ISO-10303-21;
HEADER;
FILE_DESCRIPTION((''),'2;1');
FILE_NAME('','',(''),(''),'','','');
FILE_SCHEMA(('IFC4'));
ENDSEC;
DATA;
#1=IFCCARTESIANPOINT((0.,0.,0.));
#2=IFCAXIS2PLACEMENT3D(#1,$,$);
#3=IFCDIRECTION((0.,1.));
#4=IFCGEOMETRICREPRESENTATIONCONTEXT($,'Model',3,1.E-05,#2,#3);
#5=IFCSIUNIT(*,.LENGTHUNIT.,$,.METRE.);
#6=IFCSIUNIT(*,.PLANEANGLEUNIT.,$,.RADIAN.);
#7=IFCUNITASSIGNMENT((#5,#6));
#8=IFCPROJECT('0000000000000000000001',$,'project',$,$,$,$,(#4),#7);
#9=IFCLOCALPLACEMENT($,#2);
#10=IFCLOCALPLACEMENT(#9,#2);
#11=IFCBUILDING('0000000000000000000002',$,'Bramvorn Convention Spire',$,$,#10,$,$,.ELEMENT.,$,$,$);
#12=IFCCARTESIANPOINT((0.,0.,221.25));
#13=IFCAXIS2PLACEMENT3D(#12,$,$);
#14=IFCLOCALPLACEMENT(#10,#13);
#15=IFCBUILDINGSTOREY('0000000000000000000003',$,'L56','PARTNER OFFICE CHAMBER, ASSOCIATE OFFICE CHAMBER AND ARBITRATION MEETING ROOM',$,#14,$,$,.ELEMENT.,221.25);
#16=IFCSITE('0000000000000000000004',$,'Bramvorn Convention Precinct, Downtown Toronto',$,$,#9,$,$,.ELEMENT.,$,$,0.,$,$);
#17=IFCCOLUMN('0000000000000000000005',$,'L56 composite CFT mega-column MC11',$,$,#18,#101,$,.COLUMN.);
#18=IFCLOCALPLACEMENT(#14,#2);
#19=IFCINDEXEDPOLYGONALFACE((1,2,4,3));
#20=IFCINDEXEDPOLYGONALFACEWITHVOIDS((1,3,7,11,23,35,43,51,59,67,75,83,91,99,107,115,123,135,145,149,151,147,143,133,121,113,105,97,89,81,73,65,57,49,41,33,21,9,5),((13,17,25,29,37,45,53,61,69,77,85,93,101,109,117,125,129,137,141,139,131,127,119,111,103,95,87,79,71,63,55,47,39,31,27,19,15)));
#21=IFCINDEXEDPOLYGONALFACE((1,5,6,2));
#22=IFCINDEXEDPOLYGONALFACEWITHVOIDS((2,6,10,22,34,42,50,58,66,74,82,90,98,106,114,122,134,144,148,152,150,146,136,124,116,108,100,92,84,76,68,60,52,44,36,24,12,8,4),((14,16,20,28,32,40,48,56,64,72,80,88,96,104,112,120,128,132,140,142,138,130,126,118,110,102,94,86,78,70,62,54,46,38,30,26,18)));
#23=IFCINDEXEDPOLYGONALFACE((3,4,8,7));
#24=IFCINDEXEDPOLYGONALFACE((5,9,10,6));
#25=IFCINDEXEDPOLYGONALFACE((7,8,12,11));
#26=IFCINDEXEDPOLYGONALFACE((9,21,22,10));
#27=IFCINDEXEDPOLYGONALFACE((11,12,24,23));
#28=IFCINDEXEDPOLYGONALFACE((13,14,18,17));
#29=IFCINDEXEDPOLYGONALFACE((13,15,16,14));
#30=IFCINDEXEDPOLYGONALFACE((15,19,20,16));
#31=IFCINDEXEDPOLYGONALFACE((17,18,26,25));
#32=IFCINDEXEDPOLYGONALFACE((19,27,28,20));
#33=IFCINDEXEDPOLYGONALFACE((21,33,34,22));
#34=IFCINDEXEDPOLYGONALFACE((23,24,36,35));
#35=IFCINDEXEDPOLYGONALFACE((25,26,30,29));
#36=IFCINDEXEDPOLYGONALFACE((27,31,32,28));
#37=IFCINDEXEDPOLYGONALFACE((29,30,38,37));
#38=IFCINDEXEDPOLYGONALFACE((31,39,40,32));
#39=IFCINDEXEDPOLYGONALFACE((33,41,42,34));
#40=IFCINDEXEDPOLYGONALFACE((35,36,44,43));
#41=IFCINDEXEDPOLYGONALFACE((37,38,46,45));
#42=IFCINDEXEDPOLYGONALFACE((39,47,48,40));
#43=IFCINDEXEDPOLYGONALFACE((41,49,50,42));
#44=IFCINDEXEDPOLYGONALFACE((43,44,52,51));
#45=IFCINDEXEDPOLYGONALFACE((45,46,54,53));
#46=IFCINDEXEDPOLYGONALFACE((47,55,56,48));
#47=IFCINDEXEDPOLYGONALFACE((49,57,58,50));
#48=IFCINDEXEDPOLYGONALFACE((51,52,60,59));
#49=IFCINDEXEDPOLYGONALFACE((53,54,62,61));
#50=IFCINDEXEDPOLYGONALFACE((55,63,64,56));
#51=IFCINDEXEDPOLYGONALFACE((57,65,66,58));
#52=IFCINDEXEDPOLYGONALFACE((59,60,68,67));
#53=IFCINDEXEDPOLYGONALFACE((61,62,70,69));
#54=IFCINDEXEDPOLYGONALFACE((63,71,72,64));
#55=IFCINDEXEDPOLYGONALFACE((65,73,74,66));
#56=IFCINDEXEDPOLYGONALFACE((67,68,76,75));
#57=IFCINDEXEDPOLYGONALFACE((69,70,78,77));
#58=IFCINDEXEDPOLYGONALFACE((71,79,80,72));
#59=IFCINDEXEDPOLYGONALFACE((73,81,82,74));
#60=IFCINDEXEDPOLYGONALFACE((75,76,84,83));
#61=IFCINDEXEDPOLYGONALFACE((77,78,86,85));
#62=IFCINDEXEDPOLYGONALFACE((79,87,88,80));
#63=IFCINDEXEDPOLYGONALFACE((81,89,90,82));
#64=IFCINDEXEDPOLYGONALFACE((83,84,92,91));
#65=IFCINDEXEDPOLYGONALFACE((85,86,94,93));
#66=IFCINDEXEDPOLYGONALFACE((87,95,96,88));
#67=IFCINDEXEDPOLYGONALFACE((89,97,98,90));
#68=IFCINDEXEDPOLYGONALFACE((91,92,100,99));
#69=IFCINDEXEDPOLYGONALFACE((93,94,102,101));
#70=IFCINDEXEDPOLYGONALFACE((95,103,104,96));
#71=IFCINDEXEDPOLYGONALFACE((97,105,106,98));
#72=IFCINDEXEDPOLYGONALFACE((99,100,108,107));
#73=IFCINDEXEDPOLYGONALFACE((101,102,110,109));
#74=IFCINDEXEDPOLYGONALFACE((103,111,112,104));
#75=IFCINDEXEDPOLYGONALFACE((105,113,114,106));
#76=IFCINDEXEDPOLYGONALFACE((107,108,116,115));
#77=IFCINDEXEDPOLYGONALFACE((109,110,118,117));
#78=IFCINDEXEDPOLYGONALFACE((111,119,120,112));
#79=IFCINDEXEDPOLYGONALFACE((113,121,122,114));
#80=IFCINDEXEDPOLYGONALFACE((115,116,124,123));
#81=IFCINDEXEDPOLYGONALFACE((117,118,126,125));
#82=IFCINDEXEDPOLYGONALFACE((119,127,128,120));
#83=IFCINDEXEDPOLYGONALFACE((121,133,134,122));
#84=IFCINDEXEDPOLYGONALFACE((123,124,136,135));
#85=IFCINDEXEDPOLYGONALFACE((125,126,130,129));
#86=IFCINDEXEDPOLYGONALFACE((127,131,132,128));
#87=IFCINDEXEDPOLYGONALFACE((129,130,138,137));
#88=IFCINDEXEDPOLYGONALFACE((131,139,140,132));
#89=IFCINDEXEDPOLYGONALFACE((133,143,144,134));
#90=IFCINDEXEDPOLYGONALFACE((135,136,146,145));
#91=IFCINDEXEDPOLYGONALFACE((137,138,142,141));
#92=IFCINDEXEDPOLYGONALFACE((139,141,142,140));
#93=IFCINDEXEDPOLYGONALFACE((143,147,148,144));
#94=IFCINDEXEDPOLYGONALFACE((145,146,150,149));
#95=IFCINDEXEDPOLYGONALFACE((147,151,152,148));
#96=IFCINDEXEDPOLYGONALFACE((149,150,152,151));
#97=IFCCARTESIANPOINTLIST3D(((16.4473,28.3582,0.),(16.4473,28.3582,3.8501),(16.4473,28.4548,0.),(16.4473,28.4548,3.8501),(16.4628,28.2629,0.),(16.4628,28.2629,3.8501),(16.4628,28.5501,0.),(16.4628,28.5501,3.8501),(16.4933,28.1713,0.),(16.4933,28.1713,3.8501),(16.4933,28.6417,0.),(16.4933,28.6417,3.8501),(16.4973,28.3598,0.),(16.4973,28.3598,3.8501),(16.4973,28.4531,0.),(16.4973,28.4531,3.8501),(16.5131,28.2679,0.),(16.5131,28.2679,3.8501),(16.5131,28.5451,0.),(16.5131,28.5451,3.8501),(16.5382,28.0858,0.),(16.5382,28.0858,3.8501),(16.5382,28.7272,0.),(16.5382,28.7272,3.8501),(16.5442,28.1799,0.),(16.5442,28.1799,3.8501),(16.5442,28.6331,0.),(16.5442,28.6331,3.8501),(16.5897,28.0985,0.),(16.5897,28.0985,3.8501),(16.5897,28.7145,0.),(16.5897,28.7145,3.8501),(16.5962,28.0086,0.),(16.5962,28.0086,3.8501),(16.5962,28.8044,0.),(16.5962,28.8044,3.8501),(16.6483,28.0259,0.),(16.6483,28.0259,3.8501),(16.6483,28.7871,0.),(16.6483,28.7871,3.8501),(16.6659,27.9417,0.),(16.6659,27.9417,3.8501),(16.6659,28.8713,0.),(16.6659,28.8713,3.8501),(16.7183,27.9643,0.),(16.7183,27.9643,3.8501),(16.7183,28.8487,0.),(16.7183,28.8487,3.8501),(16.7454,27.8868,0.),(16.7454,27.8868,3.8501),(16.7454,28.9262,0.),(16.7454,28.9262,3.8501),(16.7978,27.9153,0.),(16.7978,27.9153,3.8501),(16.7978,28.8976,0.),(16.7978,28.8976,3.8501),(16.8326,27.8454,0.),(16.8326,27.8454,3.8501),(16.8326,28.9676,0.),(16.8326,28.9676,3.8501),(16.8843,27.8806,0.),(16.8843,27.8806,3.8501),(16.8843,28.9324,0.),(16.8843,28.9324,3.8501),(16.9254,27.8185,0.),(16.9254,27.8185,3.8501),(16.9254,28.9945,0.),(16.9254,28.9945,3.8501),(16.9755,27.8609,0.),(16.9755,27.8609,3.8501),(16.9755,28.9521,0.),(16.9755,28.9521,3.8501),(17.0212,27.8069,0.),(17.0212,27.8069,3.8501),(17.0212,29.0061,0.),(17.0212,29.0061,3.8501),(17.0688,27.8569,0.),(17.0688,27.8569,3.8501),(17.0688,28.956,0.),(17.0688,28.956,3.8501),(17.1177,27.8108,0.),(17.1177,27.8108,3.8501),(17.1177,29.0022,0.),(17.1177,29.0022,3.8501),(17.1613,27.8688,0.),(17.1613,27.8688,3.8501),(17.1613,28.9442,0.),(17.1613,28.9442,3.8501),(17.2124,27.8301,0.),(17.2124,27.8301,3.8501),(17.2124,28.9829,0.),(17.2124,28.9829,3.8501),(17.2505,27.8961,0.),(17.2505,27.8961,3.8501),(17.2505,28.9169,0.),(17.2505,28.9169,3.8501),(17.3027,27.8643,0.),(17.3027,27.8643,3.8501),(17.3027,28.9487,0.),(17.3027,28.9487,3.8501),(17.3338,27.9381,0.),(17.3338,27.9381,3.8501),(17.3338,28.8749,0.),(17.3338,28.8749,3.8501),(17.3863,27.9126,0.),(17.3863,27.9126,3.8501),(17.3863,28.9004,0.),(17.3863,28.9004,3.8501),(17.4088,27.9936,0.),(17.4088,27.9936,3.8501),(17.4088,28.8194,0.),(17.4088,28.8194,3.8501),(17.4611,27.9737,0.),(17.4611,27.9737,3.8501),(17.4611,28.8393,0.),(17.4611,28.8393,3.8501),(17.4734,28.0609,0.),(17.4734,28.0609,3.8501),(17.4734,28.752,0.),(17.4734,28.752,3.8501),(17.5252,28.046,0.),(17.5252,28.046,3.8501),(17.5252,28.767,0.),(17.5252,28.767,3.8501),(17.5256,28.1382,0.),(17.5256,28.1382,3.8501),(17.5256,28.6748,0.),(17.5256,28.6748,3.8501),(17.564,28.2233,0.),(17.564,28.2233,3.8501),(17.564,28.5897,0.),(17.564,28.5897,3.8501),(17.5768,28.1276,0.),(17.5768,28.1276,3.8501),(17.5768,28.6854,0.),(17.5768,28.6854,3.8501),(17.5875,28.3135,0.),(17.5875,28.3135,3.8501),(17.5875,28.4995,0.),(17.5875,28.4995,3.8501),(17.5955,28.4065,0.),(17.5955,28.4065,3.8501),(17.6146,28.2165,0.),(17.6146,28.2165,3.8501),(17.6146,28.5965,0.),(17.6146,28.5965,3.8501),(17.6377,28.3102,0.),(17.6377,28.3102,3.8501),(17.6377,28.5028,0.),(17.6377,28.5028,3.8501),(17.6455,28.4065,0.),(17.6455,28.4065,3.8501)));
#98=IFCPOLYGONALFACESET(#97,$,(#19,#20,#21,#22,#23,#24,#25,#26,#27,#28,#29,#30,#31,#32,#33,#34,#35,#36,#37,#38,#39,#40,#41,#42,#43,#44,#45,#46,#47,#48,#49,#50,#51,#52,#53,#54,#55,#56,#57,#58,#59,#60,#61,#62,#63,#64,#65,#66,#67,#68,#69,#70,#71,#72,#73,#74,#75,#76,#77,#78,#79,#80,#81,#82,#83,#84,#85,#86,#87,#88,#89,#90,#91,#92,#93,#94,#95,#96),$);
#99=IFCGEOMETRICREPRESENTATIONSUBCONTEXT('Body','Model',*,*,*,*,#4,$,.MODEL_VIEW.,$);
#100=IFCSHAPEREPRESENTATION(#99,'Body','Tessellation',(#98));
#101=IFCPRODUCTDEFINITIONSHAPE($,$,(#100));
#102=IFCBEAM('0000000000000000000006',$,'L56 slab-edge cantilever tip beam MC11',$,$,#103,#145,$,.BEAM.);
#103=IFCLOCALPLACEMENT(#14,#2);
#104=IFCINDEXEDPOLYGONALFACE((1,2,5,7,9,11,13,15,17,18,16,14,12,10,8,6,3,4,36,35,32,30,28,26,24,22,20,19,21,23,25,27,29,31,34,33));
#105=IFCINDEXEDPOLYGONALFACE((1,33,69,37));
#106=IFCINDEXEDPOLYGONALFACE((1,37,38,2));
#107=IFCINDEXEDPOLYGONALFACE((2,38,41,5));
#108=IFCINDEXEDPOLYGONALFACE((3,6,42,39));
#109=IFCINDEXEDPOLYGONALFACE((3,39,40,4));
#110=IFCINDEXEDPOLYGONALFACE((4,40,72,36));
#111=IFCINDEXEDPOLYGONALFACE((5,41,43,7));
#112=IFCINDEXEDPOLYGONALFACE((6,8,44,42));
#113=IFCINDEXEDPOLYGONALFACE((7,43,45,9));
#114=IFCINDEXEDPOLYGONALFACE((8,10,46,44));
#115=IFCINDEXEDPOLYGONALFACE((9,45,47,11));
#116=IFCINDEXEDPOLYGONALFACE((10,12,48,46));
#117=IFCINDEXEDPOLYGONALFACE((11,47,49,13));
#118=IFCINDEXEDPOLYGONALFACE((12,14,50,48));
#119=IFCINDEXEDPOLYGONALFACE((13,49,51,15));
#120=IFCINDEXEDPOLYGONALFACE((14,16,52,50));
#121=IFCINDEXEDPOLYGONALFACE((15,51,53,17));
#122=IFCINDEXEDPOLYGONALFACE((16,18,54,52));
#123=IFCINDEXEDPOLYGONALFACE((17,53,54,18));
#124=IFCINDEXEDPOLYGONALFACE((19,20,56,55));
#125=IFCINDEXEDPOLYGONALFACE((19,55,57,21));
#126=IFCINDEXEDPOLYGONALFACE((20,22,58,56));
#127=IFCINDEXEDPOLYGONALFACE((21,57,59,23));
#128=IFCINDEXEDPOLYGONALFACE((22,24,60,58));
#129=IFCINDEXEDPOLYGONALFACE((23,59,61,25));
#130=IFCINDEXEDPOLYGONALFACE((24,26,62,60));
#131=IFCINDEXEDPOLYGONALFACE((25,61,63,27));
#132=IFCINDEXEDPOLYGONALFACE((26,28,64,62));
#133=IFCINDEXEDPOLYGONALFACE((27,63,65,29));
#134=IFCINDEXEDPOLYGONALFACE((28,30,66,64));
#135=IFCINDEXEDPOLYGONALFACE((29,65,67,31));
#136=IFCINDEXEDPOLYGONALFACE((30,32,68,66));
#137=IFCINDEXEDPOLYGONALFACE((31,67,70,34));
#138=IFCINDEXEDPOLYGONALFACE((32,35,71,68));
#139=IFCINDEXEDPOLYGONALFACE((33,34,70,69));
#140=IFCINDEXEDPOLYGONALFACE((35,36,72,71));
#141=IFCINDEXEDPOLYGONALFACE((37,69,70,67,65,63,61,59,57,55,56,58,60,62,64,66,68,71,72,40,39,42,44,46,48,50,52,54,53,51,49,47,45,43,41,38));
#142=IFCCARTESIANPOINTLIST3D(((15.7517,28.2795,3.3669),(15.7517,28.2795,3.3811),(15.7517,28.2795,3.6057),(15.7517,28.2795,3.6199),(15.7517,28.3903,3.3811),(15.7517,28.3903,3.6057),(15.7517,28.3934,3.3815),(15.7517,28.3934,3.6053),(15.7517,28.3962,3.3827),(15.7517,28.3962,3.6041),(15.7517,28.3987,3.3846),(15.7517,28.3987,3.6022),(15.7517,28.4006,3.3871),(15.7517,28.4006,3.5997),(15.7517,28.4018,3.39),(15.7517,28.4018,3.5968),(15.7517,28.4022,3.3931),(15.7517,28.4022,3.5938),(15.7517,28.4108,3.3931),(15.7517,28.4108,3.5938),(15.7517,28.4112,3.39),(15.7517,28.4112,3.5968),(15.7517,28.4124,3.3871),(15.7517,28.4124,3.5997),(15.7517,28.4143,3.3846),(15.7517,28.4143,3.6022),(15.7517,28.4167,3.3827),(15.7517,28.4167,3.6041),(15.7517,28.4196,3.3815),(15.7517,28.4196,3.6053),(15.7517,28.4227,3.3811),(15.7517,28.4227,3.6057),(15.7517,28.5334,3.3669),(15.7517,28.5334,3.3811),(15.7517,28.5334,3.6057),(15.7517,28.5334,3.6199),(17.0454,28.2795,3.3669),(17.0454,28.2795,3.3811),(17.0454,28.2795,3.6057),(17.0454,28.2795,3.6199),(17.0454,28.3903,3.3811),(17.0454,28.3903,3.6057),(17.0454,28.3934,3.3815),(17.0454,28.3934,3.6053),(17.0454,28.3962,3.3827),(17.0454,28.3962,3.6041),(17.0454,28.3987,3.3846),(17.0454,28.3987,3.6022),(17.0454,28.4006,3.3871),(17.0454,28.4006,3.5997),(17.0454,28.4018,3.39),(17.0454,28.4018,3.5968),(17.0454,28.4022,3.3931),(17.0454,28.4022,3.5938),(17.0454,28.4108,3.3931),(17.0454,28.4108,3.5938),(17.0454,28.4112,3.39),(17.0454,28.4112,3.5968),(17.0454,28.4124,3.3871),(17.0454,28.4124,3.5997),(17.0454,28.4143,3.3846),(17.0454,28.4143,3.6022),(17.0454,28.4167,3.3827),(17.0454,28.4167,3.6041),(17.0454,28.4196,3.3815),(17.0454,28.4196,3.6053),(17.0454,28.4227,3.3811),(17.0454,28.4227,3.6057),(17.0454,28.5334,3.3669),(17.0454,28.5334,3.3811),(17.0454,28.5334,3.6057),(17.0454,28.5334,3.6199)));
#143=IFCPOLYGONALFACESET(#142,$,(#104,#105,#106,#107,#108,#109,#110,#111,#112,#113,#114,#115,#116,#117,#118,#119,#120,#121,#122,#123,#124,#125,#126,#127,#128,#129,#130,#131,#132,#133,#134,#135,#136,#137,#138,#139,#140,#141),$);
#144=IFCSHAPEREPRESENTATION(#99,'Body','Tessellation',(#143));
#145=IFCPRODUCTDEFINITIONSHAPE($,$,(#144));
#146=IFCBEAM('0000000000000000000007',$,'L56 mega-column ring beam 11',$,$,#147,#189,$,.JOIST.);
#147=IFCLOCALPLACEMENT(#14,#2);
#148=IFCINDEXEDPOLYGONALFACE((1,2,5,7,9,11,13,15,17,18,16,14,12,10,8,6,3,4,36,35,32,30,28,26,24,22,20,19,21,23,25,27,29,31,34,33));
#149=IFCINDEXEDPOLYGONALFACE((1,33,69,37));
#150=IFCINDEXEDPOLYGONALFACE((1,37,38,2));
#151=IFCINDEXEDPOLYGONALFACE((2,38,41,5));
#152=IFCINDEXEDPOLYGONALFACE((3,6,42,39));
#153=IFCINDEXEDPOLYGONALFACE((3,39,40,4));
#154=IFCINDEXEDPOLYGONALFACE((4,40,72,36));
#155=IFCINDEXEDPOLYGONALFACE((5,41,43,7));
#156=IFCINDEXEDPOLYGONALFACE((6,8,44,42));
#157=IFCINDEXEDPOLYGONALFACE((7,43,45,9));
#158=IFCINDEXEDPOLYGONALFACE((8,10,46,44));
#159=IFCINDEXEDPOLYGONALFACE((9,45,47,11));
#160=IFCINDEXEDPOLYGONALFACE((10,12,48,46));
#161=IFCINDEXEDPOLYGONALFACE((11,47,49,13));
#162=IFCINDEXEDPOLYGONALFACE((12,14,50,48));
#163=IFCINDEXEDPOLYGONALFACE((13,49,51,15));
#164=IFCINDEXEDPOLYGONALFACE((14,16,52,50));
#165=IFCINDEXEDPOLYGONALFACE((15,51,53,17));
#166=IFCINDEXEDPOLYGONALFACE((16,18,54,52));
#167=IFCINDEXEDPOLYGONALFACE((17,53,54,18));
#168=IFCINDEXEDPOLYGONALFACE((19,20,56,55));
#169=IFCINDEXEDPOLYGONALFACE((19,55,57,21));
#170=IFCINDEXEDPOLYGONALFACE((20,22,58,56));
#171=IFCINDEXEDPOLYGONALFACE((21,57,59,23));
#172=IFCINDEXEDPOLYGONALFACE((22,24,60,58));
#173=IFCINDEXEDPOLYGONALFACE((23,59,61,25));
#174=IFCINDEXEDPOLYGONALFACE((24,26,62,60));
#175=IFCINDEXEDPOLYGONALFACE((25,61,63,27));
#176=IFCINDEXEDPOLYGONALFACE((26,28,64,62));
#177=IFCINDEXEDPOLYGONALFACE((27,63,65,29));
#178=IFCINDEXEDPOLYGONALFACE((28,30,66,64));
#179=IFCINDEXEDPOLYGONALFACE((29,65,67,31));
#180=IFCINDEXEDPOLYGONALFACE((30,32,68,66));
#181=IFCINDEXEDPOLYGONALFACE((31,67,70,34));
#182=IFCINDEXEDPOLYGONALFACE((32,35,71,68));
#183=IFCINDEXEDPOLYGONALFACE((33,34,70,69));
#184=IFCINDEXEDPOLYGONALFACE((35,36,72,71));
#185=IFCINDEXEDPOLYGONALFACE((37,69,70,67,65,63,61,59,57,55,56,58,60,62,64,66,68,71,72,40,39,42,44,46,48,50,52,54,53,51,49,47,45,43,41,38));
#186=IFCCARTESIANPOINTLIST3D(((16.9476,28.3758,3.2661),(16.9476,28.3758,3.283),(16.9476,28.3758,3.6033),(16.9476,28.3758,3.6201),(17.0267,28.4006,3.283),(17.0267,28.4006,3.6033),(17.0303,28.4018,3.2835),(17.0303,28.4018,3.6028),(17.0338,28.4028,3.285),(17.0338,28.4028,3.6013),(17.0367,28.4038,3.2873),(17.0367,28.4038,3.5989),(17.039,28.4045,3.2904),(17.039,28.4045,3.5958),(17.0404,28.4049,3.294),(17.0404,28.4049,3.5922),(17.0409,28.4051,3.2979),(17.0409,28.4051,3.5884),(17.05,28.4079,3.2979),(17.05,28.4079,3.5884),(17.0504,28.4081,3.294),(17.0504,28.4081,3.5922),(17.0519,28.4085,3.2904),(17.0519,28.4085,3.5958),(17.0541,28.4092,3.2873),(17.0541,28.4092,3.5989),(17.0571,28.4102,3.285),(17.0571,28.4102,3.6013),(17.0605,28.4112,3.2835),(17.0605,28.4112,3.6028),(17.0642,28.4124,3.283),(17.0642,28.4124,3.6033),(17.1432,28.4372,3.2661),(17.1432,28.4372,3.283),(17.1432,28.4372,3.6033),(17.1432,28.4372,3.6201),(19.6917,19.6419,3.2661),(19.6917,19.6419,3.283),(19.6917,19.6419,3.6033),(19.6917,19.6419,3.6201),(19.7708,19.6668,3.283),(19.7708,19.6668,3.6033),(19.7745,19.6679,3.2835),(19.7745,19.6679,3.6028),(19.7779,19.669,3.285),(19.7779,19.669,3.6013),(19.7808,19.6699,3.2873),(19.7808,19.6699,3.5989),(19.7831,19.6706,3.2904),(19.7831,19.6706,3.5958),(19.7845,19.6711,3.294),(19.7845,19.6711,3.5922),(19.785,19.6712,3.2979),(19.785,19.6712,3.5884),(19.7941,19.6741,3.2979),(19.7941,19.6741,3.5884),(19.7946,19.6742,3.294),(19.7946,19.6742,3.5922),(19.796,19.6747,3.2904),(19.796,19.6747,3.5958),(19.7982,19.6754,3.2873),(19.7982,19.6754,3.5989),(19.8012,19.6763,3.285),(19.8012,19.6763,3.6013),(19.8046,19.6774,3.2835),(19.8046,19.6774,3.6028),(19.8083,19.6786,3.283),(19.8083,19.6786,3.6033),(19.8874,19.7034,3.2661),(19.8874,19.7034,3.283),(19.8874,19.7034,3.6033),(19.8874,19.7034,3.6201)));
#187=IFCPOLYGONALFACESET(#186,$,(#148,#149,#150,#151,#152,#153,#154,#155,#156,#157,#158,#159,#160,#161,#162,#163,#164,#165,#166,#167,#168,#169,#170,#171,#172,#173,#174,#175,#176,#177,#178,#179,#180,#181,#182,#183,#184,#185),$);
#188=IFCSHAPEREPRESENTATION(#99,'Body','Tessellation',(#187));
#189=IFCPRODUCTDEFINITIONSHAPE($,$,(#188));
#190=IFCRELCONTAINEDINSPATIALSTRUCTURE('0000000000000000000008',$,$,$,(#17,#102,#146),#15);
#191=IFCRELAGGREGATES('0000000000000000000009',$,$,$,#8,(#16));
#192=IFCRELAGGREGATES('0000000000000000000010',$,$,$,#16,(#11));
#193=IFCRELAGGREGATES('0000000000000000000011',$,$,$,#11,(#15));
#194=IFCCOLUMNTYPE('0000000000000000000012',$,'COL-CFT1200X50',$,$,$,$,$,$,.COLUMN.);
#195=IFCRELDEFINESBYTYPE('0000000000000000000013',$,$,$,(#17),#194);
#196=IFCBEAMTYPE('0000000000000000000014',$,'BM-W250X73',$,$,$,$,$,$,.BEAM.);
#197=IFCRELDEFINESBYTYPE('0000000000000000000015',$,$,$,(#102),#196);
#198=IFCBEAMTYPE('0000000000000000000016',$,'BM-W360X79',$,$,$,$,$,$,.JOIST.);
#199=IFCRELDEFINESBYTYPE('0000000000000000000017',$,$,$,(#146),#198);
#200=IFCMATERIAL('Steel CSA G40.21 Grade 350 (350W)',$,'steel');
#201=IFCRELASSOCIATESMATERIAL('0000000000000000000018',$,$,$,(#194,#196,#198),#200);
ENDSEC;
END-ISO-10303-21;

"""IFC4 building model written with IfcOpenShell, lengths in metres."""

from ifc_helpers import new_model, si_unit, direction, frame, origin, origin_2d, place, context, subcontext, project, spatial, hollow_circle, i_section, extrude, material, material_profile, profile_set, type_object, element, save


model = new_model("IFC4")

# Units and contexts
model_context = context("Model", 3, precision=1e-05, world=origin(), true_north=direction((0.0, 1.0)))
body_context = subcontext(model_context, "Body", "Model", "MODEL_VIEW")
ifc_project = project(units=[si_unit("LENGTHUNIT", "METRE"), si_unit("PLANEANGLEUNIT", "RADIAN")], contexts=[model_context])

# Site, building, storey
site_placement = place(None, origin())
site = spatial("IfcSite", under=ifc_project, at=site_placement, Name="Bramvorn Convention Precinct, Downtown Toronto", CompositionType="ELEMENT", RefElevation=0.0)
building_placement = place(site_placement, origin())
building = spatial("IfcBuilding", under=site, at=building_placement, Name="Bramvorn Convention Spire", CompositionType="ELEMENT")
storey_placement = place(building_placement, frame((0.0, 0.0, 221.25)))
storey = spatial("IfcBuildingStorey", under=building, at=storey_placement, Name="L56", Description="PARTNER OFFICE CHAMBER, ASSOCIATE OFFICE CHAMBER AND ARBITRATION MEETING ROOM", CompositionType="ELEMENT", Elevation=221.25)

# Column
ifc_material_1 = material(Name="Steel CSA G40.21 Grade 350 (350W)", Category="steel")
ifc_material_profile_1 = material_profile(ifc_material_1, hollow_circle(Radius=0.6001, WallThickness=0.05, at=origin_2d()))
ifc_profile_set_1 = profile_set([ifc_material_profile_1], Name="Steel CSA G40.21 Grade 350 (350W) - CFT1200X50")
column_type = type_object("IfcColumnType", Name="COL-CFT1200X50", PredefinedType="COLUMN", material=ifc_profile_set_1)
column_placement = place(storey_placement, frame((17.0454, 28.4065, 0.0), z_axis=(0.0, 0.0, 1.0), x_axis=(1.0, 0.0, 0.0)))
element("IfcColumn", 1, at=column_placement, inside=storey, type_object=column_type, Name="L56 composite CFT mega-column MC11", PredefinedType="COLUMN", context=body_context, shape_type="SweptSolid", body=[
    extrude(hollow_circle(Radius=0.6001, WallThickness=0.05, at=origin_2d()), origin(), (0.0, 0.0, 1.0), 3.8501),
])

# Beams
ifc_material_profile_2 = material_profile(ifc_material_1, i_section(OverallWidth=0.2539, OverallDepth=0.2529, WebThickness=0.0085, FlangeThickness=0.0142, FilletRadius=0.012, at=origin_2d()))
ifc_profile_set_2 = profile_set([ifc_material_profile_2], Name="Steel CSA G40.21 Grade 350 (350W) - W250X73")
beam_type_1 = type_object("IfcBeamType", Name="BM-W250X73", PredefinedType="BEAM", material=ifc_profile_set_2)
beam_1_placement = place(storey_placement, frame((17.0454, 28.4065, 3.4934), z_axis=(-1.0, 0.0, 0.0), x_axis=(0.0, -1.0, 0.0)))
element("IfcBeam", 2, at=beam_1_placement, inside=storey, type_object=beam_type_1, Name="L56 slab-edge cantilever tip beam MC11", PredefinedType="BEAM", context=body_context, shape_type="SweptSolid", body=[
    extrude(i_section(OverallWidth=0.2539, OverallDepth=0.2529, WebThickness=0.0085, FlangeThickness=0.0142, FilletRadius=0.012, at=origin_2d()), origin(), (0.0, 0.0, 1.0), 1.2937),
])
ifc_material_profile_3 = material_profile(ifc_material_1, i_section(OverallWidth=0.2051, OverallDepth=0.354, WebThickness=0.0095, FlangeThickness=0.0168, FilletRadius=0.0149, at=origin_2d()))
ifc_profile_set_3 = profile_set([ifc_material_profile_3], Name="Steel CSA G40.21 Grade 350 (350W) - W360X79")
beam_type_2 = type_object("IfcBeamType", Name="BM-W360X79", PredefinedType="JOIST", material=ifc_profile_set_3)
beam_2_placement = place(storey_placement, frame((17.0454, 28.4065, 3.4431), z_axis=(0.299748, -0.954019, 0.0), x_axis=(0.954019, 0.299748, 0.0)))
element("IfcBeam", 3, at=beam_2_placement, inside=storey, type_object=beam_type_2, Name="L56 mega-column ring beam 11", PredefinedType="JOIST", context=body_context, shape_type="SweptSolid", body=[
    extrude(i_section(OverallWidth=0.2051, OverallDepth=0.354, WebThickness=0.0095, FlangeThickness=0.0168, FilletRadius=0.0149, at=origin_2d()), origin(), (0.0, 0.0, 1.0), 9.1548),
])

save(model, "model.ifc")
